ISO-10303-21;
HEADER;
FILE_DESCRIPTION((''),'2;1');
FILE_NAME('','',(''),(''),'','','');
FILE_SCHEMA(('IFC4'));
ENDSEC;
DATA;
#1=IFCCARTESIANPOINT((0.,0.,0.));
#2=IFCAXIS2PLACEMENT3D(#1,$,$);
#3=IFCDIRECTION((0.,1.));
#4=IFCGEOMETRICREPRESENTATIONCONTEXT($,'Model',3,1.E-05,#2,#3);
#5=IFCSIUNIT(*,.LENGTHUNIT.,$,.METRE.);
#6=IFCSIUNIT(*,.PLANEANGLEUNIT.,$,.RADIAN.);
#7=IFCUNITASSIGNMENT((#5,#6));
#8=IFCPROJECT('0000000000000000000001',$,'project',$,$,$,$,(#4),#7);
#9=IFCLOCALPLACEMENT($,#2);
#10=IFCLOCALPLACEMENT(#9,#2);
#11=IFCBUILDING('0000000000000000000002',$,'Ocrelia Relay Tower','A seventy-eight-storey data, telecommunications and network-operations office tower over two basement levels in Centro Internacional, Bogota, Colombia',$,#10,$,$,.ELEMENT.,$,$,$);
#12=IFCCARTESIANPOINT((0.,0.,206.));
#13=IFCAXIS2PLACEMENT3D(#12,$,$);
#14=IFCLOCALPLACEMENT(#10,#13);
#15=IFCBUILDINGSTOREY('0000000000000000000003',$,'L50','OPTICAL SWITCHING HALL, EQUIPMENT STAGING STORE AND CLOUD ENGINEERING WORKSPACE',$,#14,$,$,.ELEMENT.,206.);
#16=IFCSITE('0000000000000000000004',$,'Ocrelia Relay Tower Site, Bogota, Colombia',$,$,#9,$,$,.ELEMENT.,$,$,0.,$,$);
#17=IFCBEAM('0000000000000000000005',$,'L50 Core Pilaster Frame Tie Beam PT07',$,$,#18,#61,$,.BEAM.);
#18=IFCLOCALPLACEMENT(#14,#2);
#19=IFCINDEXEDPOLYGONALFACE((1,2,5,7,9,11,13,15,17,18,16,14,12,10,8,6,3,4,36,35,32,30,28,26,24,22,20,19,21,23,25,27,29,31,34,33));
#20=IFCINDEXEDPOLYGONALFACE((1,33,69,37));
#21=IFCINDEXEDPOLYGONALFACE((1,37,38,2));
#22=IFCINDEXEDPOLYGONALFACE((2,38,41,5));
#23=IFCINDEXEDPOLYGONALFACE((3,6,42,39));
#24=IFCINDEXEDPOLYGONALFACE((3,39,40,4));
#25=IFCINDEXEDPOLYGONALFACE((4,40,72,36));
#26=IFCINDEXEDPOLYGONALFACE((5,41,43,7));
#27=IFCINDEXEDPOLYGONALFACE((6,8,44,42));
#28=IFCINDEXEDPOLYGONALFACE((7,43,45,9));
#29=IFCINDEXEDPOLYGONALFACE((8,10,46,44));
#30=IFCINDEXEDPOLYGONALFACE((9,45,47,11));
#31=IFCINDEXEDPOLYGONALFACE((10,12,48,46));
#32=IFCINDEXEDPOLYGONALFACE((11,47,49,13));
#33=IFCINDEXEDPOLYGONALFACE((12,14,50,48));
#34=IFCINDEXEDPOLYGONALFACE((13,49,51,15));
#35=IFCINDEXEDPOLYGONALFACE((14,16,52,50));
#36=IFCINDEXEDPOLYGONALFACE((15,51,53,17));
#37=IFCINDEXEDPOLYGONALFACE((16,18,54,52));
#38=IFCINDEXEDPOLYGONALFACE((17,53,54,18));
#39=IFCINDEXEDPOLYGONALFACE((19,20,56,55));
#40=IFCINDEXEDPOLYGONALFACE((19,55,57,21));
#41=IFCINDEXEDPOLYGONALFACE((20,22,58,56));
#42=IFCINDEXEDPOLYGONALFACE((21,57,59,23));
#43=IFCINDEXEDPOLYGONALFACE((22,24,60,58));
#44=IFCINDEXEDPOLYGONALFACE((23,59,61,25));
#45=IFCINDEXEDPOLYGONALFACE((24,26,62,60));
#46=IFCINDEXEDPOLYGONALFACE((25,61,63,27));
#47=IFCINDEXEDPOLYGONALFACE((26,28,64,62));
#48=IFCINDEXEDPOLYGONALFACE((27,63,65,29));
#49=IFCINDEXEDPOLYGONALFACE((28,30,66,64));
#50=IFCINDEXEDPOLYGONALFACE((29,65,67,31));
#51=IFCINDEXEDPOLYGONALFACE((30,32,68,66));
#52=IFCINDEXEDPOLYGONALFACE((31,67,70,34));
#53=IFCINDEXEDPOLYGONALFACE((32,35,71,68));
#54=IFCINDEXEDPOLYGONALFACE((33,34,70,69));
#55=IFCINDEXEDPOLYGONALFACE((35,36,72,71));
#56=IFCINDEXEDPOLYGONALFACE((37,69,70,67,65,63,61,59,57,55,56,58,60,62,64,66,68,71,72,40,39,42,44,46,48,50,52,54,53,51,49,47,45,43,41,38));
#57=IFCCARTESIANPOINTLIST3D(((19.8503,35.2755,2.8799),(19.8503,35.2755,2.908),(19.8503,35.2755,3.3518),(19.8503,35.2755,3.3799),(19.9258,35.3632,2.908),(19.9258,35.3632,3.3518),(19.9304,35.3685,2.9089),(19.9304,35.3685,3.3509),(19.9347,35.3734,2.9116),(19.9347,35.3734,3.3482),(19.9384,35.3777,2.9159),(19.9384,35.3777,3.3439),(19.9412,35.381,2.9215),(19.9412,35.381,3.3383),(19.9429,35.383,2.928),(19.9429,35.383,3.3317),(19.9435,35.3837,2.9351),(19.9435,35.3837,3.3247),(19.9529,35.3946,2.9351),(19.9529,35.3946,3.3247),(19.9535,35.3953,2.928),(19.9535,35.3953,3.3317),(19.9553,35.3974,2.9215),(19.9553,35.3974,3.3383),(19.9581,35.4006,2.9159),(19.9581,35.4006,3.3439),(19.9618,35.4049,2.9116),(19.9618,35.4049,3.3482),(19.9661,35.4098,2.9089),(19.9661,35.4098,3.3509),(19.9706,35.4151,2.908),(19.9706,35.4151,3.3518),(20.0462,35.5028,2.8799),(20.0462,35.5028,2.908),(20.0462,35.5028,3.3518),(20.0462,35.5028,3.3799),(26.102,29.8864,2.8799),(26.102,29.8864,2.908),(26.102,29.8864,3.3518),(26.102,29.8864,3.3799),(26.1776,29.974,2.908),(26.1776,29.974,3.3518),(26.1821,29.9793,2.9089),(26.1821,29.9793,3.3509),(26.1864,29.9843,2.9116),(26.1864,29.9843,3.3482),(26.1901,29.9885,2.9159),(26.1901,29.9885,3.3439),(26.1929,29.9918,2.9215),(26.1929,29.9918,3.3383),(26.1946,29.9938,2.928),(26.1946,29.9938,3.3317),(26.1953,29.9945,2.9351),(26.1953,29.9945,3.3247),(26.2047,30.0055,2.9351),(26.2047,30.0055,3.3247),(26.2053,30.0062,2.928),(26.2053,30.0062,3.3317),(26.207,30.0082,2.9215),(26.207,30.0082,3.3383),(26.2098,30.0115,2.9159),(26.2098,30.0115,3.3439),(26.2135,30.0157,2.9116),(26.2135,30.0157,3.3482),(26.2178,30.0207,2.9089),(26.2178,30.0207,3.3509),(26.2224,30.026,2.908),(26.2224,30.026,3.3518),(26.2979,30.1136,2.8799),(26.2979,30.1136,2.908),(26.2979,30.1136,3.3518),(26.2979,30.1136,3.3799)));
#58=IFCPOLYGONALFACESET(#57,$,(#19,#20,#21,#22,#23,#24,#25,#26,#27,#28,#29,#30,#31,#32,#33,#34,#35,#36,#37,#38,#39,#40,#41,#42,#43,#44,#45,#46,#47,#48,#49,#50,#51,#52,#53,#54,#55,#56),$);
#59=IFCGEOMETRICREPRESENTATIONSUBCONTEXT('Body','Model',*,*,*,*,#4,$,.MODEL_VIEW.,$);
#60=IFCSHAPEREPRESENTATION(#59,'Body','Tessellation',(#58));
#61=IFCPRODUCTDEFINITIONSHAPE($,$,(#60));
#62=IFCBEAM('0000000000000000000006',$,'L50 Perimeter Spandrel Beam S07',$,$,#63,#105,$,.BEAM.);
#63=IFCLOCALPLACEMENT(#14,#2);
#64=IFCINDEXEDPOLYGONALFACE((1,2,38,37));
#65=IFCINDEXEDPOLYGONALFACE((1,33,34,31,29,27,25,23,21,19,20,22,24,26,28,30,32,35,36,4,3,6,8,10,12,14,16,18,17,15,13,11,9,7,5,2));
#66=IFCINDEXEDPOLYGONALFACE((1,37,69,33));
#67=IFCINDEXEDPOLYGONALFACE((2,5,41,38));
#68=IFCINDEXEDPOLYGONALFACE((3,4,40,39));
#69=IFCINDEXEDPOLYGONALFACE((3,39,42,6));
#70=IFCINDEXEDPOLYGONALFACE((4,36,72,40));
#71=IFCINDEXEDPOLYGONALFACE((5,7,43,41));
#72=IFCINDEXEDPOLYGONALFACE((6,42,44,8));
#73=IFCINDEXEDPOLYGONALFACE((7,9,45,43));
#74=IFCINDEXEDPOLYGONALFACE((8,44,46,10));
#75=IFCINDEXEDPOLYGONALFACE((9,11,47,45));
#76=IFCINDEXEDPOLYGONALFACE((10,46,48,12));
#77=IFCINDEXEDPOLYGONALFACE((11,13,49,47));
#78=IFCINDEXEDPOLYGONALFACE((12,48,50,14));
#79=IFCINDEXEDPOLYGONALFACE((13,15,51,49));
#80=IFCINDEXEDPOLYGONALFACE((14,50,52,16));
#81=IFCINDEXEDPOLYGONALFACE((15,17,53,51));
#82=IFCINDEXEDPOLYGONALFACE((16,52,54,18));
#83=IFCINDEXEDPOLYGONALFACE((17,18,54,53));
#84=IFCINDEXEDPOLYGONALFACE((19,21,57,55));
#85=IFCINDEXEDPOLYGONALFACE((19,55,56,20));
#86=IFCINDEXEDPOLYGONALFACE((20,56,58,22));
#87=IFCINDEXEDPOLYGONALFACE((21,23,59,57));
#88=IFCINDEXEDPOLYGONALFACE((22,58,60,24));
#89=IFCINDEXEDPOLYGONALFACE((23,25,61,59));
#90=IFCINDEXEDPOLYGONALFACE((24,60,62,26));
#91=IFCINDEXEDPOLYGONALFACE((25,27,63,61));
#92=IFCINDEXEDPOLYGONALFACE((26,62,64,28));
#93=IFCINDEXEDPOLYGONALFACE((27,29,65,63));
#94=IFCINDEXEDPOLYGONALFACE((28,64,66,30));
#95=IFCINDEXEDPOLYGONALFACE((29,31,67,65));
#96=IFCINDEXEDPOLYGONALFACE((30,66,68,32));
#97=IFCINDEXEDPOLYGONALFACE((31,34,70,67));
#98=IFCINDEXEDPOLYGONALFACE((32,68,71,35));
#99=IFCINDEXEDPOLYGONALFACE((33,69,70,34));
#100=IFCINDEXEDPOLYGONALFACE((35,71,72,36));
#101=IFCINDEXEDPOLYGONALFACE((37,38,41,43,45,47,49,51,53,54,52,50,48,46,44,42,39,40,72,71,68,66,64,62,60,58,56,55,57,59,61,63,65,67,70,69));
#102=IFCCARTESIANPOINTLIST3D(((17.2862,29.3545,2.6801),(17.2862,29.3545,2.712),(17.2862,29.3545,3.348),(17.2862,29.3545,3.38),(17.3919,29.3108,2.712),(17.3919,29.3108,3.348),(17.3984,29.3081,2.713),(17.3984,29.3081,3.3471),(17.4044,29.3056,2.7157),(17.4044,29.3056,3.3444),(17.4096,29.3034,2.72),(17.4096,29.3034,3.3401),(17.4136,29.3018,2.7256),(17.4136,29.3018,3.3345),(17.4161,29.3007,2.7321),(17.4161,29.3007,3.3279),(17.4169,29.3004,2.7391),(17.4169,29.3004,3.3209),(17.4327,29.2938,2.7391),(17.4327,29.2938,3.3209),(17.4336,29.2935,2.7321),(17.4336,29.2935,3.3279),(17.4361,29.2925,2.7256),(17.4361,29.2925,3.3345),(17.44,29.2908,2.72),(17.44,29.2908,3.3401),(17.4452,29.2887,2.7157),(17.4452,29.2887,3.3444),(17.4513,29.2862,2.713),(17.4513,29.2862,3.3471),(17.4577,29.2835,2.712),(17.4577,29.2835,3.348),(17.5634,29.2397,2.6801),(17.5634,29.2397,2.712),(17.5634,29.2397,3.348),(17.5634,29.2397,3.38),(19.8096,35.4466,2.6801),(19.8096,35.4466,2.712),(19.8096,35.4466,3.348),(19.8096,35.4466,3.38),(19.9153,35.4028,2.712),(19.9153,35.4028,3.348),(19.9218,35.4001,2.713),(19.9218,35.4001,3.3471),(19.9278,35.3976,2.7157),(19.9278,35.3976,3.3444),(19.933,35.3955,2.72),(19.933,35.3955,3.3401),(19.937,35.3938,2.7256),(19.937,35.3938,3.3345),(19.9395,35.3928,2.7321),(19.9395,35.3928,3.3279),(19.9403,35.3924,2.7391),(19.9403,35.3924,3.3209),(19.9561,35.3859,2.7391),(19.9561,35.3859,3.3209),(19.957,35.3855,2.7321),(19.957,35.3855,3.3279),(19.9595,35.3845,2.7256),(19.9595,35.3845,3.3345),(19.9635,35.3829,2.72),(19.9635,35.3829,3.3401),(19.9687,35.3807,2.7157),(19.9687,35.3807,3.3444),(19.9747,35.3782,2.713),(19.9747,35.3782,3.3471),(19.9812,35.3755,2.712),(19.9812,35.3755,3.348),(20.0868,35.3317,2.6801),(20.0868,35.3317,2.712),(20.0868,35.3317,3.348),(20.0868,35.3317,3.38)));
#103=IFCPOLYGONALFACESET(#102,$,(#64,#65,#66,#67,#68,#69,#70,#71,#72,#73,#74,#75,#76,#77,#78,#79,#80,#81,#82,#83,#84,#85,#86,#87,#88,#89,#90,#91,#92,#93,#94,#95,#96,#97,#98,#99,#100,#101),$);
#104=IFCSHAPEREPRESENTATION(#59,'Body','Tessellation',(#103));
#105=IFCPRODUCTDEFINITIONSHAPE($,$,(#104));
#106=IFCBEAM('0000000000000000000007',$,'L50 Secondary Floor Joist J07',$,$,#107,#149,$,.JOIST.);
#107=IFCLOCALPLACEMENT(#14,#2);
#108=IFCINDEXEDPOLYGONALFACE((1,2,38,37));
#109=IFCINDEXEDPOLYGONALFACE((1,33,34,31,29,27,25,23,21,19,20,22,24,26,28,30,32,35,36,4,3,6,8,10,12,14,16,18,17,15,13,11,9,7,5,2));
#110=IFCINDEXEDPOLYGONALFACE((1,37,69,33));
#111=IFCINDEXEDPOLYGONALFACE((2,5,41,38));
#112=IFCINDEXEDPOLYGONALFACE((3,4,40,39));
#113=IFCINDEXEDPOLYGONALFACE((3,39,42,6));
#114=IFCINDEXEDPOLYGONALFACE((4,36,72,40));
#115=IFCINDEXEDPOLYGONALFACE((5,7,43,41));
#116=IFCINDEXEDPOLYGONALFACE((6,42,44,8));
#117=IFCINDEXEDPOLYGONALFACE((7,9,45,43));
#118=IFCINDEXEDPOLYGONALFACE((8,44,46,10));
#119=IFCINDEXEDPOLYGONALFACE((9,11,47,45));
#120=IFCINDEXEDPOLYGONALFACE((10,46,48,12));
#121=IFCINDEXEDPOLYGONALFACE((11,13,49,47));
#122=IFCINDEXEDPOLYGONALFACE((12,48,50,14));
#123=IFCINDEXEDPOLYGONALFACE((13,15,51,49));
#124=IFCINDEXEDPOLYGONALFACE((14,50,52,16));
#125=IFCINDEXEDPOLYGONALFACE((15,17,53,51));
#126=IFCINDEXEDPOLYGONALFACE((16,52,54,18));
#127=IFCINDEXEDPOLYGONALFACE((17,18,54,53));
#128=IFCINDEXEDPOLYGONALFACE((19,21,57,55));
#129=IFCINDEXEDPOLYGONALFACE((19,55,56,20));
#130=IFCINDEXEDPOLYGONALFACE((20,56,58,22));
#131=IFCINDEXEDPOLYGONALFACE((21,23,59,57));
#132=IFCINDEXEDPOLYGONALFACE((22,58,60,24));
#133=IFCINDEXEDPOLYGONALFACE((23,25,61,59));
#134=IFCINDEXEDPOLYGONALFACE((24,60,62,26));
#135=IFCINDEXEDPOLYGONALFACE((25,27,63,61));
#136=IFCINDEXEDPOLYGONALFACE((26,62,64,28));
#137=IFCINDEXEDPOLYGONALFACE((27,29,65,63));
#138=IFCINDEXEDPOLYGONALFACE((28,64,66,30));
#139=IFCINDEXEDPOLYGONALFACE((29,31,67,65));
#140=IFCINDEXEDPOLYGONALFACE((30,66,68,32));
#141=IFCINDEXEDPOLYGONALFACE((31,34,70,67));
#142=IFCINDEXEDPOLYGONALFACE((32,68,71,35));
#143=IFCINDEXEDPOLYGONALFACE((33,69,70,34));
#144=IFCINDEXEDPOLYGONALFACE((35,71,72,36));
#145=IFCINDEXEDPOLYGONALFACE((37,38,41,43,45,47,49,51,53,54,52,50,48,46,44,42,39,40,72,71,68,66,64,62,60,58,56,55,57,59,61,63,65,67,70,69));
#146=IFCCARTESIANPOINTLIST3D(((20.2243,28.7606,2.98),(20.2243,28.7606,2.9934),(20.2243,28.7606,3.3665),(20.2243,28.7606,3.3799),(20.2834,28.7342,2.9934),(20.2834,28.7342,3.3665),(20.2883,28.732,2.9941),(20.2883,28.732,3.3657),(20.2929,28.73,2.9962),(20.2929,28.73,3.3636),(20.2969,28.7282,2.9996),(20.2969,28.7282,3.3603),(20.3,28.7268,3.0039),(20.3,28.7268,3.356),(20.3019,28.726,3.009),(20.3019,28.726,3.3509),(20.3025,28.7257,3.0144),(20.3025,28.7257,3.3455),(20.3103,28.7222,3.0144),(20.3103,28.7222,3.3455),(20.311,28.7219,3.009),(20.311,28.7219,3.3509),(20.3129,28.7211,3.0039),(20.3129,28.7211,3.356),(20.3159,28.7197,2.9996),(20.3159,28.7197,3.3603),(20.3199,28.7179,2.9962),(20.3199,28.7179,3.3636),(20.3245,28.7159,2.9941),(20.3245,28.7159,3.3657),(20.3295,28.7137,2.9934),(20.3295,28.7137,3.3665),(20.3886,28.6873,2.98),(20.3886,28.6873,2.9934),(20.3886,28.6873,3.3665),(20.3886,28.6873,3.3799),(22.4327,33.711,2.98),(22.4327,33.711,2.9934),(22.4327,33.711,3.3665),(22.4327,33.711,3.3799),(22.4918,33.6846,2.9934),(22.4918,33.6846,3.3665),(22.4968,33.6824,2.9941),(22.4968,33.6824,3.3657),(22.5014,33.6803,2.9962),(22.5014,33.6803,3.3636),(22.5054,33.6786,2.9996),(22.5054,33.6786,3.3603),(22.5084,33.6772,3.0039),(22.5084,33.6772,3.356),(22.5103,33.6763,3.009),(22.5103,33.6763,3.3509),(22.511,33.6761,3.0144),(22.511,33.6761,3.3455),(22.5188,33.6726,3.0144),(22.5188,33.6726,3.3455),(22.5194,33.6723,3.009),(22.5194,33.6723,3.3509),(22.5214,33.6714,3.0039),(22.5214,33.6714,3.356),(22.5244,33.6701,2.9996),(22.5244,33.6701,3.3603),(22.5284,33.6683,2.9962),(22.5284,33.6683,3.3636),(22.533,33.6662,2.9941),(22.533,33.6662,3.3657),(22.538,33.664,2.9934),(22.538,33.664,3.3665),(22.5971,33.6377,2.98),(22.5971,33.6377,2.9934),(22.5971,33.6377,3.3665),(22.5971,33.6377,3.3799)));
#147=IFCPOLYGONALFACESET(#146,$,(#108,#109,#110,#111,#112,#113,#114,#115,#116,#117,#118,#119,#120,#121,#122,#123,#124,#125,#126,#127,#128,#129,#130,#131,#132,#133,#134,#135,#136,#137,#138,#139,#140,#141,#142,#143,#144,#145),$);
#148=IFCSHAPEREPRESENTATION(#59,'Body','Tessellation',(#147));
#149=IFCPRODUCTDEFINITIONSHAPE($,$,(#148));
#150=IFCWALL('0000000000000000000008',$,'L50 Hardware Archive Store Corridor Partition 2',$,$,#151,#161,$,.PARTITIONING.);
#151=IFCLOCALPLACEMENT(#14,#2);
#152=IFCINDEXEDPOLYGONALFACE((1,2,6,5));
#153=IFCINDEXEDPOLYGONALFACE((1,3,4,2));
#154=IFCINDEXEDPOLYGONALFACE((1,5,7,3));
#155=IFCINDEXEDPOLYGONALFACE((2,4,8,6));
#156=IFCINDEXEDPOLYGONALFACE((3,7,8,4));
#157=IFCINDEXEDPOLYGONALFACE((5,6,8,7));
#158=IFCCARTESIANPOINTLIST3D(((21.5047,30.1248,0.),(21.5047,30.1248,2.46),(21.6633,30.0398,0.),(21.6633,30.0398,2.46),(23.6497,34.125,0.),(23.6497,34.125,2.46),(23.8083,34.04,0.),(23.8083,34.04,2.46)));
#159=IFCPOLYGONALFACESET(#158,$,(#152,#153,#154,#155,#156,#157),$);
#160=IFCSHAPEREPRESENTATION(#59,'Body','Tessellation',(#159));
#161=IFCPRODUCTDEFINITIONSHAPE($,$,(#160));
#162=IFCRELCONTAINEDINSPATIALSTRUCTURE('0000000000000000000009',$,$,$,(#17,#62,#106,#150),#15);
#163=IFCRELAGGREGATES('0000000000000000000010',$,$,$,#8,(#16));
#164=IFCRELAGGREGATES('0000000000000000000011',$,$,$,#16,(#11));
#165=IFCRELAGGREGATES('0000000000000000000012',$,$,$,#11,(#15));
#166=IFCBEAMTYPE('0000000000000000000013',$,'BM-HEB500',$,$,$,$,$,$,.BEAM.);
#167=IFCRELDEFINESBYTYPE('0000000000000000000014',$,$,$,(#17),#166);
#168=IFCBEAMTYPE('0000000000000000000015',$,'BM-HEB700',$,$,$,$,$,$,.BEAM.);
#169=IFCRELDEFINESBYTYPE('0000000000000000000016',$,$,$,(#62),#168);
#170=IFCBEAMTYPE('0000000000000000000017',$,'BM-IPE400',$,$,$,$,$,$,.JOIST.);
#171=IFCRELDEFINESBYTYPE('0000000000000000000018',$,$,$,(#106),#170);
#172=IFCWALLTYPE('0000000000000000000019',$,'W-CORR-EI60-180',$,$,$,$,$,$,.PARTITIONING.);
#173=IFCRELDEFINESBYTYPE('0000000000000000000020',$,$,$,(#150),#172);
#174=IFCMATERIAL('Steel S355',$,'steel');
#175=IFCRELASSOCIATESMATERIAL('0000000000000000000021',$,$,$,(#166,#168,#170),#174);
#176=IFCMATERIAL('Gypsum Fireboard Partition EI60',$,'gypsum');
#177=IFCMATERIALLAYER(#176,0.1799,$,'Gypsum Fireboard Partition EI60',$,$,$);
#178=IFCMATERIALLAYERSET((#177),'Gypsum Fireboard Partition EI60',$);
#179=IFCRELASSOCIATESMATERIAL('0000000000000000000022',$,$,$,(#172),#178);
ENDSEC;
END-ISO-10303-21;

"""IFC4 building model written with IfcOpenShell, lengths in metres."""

from ifc_helpers import new_model, si_unit, direction, frame, frame_2d, origin, origin_2d, place, context, subcontext, project, spatial, rectangle, i_section, extrude, material, layer, layer_set, material_profile, profile_set, type_object, element, save


model = new_model("IFC4")

# Units and contexts
model_context = context("Model", 3, precision=1e-05, world=origin(), true_north=direction((0.0, 1.0)))
body_context = subcontext(model_context, "Body", "Model", "MODEL_VIEW")
ifc_project = project(units=[si_unit("LENGTHUNIT", "METRE"), si_unit("PLANEANGLEUNIT", "RADIAN")], contexts=[model_context])

# Site, building, storey
site_placement = place(None, origin())
site = spatial("IfcSite", under=ifc_project, at=site_placement, Name="Ocrelia Relay Tower Site, Bogota, Colombia", CompositionType="ELEMENT", RefElevation=0.0)
building_placement = place(site_placement, origin())
building = spatial("IfcBuilding", under=site, at=building_placement, Name="Ocrelia Relay Tower", Description="A seventy-eight-storey data, telecommunications and network-operations office tower over two basement levels in Centro Internacional, Bogota, Colombia", CompositionType="ELEMENT")
storey_placement = place(building_placement, frame((0.0, 0.0, 206.0)))
storey = spatial("IfcBuildingStorey", under=building, at=storey_placement, Name="L50", Description="OPTICAL SWITCHING HALL, EQUIPMENT STAGING STORE AND CLOUD ENGINEERING WORKSPACE", CompositionType="ELEMENT", Elevation=206.0)

# Beams
ifc_material_1 = material(Name="Steel S355", Category="steel")
ifc_material_profile_1 = material_profile(ifc_material_1, i_section(OverallWidth=0.3, OverallDepth=0.5, WebThickness=0.0144, FlangeThickness=0.0281, FilletRadius=0.0271, at=origin_2d()), Name="HEB 500")
ifc_profile_set_1 = profile_set([ifc_material_profile_1], Name="Steel S355")
beam_type_1 = type_object("IfcBeamType", Name="BM-HEB500", PredefinedType="BEAM", material=ifc_profile_set_1)
beam_1_placement = place(storey_placement, frame((19.9482, 35.3892, 3.1299), z_axis=(0.757425, -0.652923, 0.0), x_axis=(0.652923, 0.757425, 0.0)))
element("IfcBeam", 1, at=beam_1_placement, inside=storey, type_object=beam_type_1, Name="L50 Core Pilaster Frame Tie Beam PT07", PredefinedType="BEAM", context=body_context, shape_type="SweptSolid", body=[
    extrude(i_section(OverallWidth=0.3, OverallDepth=0.5, WebThickness=0.0144, FlangeThickness=0.0281, FilletRadius=0.0271, at=origin_2d()), origin(), (0.0, 0.0, 1.0), 8.2539),
])
ifc_material_profile_2 = material_profile(ifc_material_1, i_section(OverallWidth=0.3, OverallDepth=0.7, WebThickness=0.0171, FlangeThickness=0.032, FilletRadius=0.0271, at=origin_2d()), Name="HEB 700")
ifc_profile_set_2 = profile_set([ifc_material_profile_2], Name="Steel S355")
beam_type_2 = type_object("IfcBeamType", Name="BM-HEB700", PredefinedType="BEAM", material=ifc_profile_set_2)
beam_2_placement = place(storey_placement, frame((19.9482, 35.3892, 3.03), z_axis=(-0.382688, -0.923878, 0.0), x_axis=(0.923878, -0.382688, 0.0)))
element("IfcBeam", 2, at=beam_2_placement, inside=storey, type_object=beam_type_2, Name="L50 Perimeter Spandrel Beam S07", PredefinedType="BEAM", context=body_context, shape_type="SweptSolid", body=[
    extrude(i_section(OverallWidth=0.3, OverallDepth=0.7, WebThickness=0.0171, FlangeThickness=0.032, FilletRadius=0.0271, at=origin_2d()), origin(), (0.0, 0.0, 1.0), 6.594),
])
ifc_material_profile_3 = material_profile(ifc_material_1, i_section(OverallWidth=0.1799, OverallDepth=0.3999, WebThickness=0.0085, FlangeThickness=0.0134, FilletRadius=0.021, at=origin_2d()), Name="IPE 400")
ifc_profile_set_3 = profile_set([ifc_material_profile_3], Name="Steel S355")
beam_type_3 = type_object("IfcBeamType", Name="BM-IPE400", PredefinedType="JOIST", material=ifc_profile_set_3)
beam_3_placement = place(storey_placement, frame((22.5149, 33.6743, 3.1799), z_axis=(-0.407417, -0.913242, 0.0), x_axis=(0.913242, -0.407417, 0.0)))
element("IfcBeam", 3, at=beam_3_placement, inside=storey, type_object=beam_type_3, Name="L50 Secondary Floor Joist J07", PredefinedType="JOIST", context=body_context, shape_type="SweptSolid", body=[
    extrude(i_section(OverallWidth=0.1799, OverallDepth=0.3999, WebThickness=0.0085, FlangeThickness=0.0134, FilletRadius=0.021, at=origin_2d()), origin(), (0.0, 0.0, 1.0), 5.4207),
])

# Wall
ifc_material_2 = material(Name="Gypsum Fireboard Partition EI60", Category="gypsum")
ifc_layer_1 = layer(ifc_material_2, 0.1799, Name="Gypsum Fireboard Partition EI60")
ifc_layer_set_1 = layer_set([ifc_layer_1], Name="Gypsum Fireboard Partition EI60")
wall_type_1 = type_object("IfcWallType", Name="W-CORR-EI60-180", PredefinedType="PARTITIONING", material=ifc_layer_set_1)
wall_1_placement = place(storey_placement, frame((23.729, 34.0825, 0.0), z_axis=(0.0, 0.0, 1.0), x_axis=(-0.472569, -0.881294, 0.0)))
element("IfcWall", 4, at=wall_1_placement, inside=storey, type_object=wall_type_1, Name="L50 Hardware Archive Store Corridor Partition 2", PredefinedType="PARTITIONING", context=body_context, shape_type="SweptSolid", body=[
    extrude(rectangle(XDim=4.5391, YDim=0.1799, at=frame_2d((2.2695, 0.0))), origin(), (0.0, 0.0, 1.0), 2.46),
])

save(model, "model.ifc")
